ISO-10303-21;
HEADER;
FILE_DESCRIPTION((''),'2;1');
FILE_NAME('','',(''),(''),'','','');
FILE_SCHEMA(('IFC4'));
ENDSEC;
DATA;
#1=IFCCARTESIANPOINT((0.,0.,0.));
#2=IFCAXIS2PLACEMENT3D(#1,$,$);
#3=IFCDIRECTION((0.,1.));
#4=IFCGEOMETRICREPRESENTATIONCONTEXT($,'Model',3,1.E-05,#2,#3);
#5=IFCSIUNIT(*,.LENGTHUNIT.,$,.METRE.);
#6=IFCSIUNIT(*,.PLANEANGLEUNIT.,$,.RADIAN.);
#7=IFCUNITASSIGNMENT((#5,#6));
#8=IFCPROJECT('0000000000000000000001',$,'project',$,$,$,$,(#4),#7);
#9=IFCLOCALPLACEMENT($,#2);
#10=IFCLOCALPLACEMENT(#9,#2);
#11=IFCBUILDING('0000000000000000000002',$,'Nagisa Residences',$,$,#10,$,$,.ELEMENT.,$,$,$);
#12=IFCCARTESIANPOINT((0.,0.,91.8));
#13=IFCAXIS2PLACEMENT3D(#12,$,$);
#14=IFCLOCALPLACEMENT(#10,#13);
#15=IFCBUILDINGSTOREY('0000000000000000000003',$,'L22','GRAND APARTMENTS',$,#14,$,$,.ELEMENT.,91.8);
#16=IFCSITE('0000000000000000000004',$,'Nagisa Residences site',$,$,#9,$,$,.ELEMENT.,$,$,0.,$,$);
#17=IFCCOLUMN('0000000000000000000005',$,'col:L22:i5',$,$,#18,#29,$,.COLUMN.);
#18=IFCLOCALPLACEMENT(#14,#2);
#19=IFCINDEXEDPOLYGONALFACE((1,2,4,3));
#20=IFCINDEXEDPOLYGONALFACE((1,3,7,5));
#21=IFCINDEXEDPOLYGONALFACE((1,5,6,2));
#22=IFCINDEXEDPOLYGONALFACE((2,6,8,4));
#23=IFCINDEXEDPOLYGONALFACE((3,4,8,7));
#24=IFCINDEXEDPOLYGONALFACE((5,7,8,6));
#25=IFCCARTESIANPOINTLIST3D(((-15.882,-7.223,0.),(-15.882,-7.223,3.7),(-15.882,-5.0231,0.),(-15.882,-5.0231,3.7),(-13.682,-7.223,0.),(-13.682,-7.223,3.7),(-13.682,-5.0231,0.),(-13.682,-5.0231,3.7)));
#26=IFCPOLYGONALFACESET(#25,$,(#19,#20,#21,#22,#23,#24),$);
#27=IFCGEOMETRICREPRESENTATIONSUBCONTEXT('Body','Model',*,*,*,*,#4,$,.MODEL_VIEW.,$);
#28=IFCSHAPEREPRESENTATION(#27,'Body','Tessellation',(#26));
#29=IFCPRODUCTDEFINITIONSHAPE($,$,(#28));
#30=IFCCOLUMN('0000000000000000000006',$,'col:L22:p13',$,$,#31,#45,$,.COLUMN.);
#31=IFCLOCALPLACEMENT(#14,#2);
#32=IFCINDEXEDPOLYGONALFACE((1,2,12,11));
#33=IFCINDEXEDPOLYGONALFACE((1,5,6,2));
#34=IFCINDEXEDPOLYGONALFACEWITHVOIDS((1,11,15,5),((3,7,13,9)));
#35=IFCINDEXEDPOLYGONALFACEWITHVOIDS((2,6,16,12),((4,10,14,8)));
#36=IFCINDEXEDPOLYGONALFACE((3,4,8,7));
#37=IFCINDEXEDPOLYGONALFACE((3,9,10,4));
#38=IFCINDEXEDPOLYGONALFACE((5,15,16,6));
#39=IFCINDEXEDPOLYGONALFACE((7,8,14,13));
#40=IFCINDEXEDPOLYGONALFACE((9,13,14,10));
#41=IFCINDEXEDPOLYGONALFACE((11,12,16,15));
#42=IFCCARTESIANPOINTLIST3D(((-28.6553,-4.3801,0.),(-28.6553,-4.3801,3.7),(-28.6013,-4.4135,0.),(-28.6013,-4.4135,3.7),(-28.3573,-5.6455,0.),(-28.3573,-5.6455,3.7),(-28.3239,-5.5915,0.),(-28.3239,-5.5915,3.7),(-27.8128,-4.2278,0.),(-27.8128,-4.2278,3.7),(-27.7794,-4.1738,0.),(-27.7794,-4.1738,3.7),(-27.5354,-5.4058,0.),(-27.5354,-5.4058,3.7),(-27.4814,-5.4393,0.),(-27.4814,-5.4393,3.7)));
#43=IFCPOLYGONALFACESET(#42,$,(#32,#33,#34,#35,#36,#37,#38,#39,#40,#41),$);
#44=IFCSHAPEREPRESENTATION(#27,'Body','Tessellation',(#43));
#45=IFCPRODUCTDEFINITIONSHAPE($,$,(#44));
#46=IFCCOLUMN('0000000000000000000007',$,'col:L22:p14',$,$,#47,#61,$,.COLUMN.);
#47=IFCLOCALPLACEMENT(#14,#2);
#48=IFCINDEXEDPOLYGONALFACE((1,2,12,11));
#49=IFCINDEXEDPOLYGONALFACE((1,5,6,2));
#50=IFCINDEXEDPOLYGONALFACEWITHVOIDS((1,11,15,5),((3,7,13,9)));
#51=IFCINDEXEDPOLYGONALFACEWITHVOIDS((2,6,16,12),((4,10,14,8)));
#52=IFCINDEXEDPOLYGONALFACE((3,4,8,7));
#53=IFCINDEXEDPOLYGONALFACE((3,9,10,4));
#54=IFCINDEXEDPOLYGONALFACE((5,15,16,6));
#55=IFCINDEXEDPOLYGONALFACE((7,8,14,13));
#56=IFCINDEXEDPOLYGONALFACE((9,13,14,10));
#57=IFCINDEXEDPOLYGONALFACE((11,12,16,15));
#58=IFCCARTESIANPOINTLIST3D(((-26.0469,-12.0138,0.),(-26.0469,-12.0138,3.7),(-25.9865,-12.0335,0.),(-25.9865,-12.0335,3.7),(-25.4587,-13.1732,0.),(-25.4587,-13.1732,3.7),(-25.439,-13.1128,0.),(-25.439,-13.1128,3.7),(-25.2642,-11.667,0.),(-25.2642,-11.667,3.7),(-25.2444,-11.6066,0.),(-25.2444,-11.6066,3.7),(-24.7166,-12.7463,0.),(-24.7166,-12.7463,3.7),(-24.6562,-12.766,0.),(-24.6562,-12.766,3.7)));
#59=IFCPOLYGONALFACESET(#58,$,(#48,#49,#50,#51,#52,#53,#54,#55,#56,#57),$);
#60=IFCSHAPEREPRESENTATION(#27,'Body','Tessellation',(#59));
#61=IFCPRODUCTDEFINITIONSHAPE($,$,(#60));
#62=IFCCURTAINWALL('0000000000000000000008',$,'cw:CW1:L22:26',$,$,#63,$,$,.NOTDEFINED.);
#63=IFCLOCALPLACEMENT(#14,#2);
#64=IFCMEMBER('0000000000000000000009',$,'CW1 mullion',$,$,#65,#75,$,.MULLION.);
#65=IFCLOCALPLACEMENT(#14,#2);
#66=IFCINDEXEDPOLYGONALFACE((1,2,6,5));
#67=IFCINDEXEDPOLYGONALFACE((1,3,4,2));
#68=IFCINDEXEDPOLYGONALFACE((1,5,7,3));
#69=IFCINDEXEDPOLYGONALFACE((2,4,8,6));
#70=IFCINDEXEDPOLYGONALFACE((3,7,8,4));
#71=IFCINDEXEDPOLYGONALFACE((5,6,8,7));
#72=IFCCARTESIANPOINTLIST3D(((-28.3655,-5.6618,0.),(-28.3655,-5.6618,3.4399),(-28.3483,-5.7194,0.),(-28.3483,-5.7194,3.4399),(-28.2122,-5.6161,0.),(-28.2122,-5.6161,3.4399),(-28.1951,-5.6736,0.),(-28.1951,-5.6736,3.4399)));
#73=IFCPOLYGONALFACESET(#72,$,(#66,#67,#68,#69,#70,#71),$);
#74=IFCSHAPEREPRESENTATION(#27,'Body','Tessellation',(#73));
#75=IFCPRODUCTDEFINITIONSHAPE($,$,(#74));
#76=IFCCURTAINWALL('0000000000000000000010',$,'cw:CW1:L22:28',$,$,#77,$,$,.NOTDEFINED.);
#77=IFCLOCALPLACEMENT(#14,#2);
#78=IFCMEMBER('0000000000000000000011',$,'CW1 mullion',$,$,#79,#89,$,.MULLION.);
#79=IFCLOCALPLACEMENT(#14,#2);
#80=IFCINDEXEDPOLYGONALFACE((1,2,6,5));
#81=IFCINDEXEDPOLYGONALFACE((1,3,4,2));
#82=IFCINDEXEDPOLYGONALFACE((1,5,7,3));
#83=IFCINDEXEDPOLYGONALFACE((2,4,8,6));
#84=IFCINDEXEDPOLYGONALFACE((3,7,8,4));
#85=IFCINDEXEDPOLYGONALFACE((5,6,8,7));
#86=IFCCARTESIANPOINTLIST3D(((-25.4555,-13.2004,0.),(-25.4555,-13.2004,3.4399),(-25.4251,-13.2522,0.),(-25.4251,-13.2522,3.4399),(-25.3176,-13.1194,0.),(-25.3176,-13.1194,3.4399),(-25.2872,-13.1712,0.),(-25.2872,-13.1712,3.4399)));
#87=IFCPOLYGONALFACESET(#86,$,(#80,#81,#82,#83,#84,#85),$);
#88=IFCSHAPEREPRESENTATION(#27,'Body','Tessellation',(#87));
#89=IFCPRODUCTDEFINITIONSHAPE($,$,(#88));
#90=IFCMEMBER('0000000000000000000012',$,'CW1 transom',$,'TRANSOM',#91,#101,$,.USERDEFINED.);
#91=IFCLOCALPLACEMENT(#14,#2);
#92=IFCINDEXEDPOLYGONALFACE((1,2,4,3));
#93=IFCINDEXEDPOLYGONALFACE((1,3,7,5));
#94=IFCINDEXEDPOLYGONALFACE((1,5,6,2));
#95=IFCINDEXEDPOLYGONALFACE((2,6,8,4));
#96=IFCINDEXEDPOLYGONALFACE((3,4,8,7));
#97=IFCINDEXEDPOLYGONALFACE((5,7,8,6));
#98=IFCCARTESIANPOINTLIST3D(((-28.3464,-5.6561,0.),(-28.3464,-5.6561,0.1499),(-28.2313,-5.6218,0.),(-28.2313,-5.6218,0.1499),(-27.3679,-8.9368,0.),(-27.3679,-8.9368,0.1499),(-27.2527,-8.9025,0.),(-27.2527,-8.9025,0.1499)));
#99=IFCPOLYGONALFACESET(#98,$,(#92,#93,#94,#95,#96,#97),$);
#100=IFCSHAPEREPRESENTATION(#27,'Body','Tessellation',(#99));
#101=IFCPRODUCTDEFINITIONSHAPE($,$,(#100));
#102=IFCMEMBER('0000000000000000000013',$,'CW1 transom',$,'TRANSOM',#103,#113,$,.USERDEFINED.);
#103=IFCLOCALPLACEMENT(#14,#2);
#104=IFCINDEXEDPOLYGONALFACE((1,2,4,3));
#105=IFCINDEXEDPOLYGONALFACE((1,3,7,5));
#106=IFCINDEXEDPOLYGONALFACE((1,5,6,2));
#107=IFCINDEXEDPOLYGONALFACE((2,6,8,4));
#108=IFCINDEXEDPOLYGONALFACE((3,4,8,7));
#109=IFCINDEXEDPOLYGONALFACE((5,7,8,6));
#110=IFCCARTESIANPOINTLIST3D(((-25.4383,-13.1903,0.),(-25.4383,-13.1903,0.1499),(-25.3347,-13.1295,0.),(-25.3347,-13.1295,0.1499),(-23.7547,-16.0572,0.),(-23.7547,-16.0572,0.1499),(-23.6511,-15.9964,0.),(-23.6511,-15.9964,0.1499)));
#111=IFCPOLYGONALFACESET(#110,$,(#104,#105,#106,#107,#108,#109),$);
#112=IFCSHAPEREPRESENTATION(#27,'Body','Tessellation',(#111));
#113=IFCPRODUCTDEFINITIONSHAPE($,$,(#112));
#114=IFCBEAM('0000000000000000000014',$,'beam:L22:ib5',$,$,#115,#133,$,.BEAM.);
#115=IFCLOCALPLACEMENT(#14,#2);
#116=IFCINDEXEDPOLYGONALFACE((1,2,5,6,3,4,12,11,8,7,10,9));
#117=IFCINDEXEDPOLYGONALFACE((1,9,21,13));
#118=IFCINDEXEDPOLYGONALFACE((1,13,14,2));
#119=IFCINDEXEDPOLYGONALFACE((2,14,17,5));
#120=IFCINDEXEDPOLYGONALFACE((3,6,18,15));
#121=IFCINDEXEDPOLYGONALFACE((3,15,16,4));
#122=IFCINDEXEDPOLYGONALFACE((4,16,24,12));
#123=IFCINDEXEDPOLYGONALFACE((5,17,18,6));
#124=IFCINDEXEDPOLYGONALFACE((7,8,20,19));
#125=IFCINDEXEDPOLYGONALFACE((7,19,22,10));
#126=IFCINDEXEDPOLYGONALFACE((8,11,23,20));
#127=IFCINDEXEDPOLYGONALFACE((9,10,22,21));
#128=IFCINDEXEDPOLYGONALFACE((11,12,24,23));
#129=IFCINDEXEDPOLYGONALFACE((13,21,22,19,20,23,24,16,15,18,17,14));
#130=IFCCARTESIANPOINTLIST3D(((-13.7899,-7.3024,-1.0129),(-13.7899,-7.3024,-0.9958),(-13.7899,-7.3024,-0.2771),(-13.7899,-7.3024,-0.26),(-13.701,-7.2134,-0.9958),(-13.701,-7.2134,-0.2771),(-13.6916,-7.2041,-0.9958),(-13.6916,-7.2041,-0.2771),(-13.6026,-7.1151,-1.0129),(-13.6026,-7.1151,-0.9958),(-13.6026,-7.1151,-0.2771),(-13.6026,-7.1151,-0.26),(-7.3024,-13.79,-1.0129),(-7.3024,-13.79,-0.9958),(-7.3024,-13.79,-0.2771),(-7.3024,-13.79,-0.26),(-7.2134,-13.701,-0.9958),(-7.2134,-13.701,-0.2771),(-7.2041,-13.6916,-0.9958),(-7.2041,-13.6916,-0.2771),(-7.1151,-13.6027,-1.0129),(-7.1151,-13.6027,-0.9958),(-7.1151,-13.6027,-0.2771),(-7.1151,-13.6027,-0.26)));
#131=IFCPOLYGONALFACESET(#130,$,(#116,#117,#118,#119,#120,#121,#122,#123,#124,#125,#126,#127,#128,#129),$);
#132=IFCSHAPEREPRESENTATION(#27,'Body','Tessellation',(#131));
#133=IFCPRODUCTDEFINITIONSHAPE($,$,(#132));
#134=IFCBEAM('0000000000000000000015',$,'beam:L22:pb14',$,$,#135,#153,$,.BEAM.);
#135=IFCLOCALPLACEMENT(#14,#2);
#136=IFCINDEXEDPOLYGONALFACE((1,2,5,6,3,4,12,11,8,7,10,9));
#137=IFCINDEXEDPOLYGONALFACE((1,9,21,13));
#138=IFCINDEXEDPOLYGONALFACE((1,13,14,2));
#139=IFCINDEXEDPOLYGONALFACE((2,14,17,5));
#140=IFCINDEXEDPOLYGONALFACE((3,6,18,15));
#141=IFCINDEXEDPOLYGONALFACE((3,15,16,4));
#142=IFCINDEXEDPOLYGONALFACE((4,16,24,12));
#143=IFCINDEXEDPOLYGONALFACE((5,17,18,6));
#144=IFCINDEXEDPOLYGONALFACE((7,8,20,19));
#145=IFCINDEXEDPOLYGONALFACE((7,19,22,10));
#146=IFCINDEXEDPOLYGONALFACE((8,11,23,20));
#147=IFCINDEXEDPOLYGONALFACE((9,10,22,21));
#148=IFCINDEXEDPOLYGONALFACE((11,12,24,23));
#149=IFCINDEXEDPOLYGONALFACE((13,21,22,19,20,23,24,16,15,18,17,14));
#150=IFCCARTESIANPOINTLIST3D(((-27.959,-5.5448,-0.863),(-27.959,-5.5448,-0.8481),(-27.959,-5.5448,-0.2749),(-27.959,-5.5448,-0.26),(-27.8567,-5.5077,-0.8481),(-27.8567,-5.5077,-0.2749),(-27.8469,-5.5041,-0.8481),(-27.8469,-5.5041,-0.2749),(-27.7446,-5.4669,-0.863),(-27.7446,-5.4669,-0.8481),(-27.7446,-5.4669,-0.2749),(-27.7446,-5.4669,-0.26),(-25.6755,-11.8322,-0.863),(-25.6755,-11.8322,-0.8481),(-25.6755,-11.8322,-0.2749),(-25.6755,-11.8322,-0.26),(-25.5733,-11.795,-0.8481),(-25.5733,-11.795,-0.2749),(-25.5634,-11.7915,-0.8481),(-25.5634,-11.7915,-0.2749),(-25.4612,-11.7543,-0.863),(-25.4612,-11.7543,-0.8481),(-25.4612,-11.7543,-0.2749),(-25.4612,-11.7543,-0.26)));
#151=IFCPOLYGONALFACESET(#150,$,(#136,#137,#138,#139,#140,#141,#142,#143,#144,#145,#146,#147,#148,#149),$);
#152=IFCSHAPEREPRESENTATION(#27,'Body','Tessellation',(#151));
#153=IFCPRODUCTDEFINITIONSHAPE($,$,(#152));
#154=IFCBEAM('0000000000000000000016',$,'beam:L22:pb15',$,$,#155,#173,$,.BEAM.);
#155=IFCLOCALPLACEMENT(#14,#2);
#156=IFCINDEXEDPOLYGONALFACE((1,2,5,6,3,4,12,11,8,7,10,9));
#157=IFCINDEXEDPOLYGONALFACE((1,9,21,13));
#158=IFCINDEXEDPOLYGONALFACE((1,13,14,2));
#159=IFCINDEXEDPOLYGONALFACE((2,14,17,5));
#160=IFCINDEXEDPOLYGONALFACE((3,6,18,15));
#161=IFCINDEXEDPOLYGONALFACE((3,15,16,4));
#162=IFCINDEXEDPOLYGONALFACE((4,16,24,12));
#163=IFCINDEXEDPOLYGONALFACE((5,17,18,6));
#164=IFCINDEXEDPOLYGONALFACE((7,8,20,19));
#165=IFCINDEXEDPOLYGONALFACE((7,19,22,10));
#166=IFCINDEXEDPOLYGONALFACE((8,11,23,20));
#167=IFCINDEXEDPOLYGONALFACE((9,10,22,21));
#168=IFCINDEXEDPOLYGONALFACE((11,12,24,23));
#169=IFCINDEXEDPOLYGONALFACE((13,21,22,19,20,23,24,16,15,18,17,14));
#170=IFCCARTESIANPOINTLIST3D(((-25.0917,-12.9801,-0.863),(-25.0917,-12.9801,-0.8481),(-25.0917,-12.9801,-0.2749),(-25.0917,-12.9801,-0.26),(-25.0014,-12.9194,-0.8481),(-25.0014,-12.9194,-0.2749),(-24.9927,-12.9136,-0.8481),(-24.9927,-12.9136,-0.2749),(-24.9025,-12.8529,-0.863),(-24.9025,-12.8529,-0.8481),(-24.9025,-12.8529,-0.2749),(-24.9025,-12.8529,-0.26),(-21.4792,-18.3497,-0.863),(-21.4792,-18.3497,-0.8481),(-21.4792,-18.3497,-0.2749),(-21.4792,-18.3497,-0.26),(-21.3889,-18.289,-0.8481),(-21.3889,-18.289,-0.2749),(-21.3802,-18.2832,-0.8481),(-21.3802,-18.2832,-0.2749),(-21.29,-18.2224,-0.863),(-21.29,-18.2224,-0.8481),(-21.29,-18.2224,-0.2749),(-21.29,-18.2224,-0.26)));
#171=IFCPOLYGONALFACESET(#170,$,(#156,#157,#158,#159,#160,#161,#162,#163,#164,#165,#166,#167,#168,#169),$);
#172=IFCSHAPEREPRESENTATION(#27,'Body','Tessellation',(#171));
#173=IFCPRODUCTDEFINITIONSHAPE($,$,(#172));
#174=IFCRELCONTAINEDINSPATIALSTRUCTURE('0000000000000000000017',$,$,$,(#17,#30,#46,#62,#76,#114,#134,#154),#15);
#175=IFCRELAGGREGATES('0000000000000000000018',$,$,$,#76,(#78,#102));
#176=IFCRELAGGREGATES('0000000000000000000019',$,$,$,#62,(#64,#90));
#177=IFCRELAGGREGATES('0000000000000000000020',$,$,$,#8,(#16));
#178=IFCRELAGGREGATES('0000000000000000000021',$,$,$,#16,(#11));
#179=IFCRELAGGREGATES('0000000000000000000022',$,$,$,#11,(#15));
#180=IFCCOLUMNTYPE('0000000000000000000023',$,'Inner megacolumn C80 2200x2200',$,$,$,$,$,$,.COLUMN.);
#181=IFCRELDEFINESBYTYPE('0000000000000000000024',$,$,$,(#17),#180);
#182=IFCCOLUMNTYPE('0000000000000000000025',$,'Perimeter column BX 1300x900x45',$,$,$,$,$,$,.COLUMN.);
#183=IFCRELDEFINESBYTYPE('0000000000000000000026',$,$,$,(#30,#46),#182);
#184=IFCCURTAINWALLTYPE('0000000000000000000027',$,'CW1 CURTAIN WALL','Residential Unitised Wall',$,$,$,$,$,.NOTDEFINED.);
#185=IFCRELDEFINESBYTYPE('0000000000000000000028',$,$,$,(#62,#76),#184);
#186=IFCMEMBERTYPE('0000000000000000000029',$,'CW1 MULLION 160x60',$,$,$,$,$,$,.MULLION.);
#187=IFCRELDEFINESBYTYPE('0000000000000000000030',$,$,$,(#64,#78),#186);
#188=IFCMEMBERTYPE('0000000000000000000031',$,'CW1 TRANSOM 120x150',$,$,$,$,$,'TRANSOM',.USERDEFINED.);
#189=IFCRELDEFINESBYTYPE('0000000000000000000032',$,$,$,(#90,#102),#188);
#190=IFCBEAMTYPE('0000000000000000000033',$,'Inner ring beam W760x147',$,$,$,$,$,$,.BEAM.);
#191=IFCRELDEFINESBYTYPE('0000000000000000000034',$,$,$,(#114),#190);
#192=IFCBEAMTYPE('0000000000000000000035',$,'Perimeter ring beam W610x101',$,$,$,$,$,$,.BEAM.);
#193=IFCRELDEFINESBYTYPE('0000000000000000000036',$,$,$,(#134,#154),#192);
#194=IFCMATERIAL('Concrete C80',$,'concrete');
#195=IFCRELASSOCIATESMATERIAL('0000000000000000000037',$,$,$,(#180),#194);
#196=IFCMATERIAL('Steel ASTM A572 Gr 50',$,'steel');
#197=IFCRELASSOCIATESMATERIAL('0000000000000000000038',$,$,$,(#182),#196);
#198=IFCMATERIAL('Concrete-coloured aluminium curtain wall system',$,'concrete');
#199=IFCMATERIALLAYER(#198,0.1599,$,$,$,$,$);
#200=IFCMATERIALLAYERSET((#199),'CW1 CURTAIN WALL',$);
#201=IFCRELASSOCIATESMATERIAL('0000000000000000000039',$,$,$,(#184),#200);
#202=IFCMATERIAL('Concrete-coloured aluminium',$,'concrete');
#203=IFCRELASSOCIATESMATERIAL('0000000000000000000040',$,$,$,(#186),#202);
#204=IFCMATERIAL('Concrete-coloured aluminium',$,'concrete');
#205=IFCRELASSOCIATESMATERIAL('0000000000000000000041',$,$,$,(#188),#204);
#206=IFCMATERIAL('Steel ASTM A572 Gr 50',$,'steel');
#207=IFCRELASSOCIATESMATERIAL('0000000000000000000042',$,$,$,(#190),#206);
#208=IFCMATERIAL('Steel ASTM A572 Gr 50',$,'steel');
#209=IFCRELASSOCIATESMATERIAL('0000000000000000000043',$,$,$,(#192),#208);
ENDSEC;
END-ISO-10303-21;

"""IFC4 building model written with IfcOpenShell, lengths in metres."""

from ifc_helpers import new_model, si_unit, direction, frame, origin, origin_2d, place, context, subcontext, project, spatial, rectangle, hollow_rectangle, i_section, extrude, material, layer, layer_set, material_profile, profile_set, type_object, element, aggregate, save


model = new_model("IFC4")

# Units and contexts
model_context = context("Model", 3, precision=1e-05, world=origin(), true_north=direction((0.0, 1.0)))
body_context = subcontext(model_context, "Body", "Model", "MODEL_VIEW")
ifc_project = project(units=[si_unit("LENGTHUNIT", "METRE"), si_unit("PLANEANGLEUNIT", "RADIAN")], contexts=[model_context])

# Site, building, storey
site_placement = place(None, origin())
site = spatial("IfcSite", under=ifc_project, at=site_placement, Name="Nagisa Residences site", CompositionType="ELEMENT", RefElevation=0.0)
building_placement = place(site_placement, origin())
building = spatial("IfcBuilding", under=site, at=building_placement, Name="Nagisa Residences", CompositionType="ELEMENT")
storey_placement = place(building_placement, frame((0.0, 0.0, 91.8)))
storey = spatial("IfcBuildingStorey", under=building, at=storey_placement, Name="L22", Description="GRAND APARTMENTS", CompositionType="ELEMENT", Elevation=91.8)

# Columns
ifc_material_1 = material(Name="Concrete C80", Category="concrete")
ifc_material_profile_1 = material_profile(ifc_material_1, rectangle(XDim=2.2, YDim=2.2, at=origin_2d()), Name="C80 2200x2200")
ifc_profile_set_1 = profile_set([ifc_material_profile_1], Name="Concrete C80")
column_type_1 = type_object("IfcColumnType", Name="Inner megacolumn C80 2200x2200", PredefinedType="COLUMN", material=ifc_profile_set_1)
column_placement = place(storey_placement, frame((-14.782, -6.123, 0.0), z_axis=(0.0, 0.0, 1.0), x_axis=(1.0, 0.0, 0.0)))
element("IfcColumn", 1, at=column_placement, inside=storey, type_object=column_type_1, Name="col:L22:i5", PredefinedType="COLUMN", context=body_context, shape_type="SweptSolid", body=[
    extrude(rectangle(XDim=2.2, YDim=2.2, at=origin_2d()), origin(), (0.0, 0.0, 1.0), 3.7),
])
ifc_material_2 = material(Name="Steel ASTM A572 Gr 50", Category="steel")
ifc_material_profile_2 = material_profile(ifc_material_2, hollow_rectangle(XDim=1.3, YDim=0.8999, WallThickness=0.0449, at=origin_2d()), Name="BX 1300x900x45")
ifc_profile_set_2 = profile_set([ifc_material_profile_2], Name="Steel ASTM A572 Gr 50")
column_type_2 = type_object("IfcColumnType", Name="Perimeter column BX 1300x900x45", PredefinedType="COLUMN", material=ifc_profile_set_2)
for number, where, z_axis, x_axis, name in (
    (2, (-28.0684, -4.9097, 0.0), (0.0, 0.0, 1.0), (0.229202, -0.973379, 0.0), "col:L22:p13"),
    (3, (-25.3516, -12.3899, 0.0), (0.0, 0.0, 1.0), (0.452463, -0.891783, 0.0), "col:L22:p14"),
):
    element("IfcColumn", number, at=place(storey_placement, frame(where, z_axis=z_axis, x_axis=x_axis)), inside=storey, type_object=column_type_2, Name=name, PredefinedType="COLUMN", context=body_context, shape_type="SweptSolid", body=[
        extrude(hollow_rectangle(XDim=1.3, YDim=0.8999, WallThickness=0.0449, at=origin_2d()), origin(), (0.0, 0.0, 1.0), 3.7),
    ])

# Curtain walls, members
ifc_material_3 = material(Name="Concrete-coloured aluminium curtain wall system", Category="concrete")
ifc_layer_1 = layer(ifc_material_3, 0.1599)
ifc_layer_set_1 = layer_set([ifc_layer_1], Name="CW1 CURTAIN WALL")
curtain_wall_type = type_object("IfcCurtainWallType", Name="CW1 CURTAIN WALL", Description="Residential Unitised Wall", PredefinedType="NOTDEFINED", material=ifc_layer_set_1)
curtain_wall_1_placement = place(storey_placement, origin())
curtain_wall_1 = element("IfcCurtainWall", 4, at=curtain_wall_1_placement, inside=storey, type_object=curtain_wall_type, Name="cw:CW1:L22:26", PredefinedType="NOTDEFINED")
ifc_material_4 = material(Name="Concrete-coloured aluminium", Category="concrete")
ifc_material_profile_3 = material_profile(ifc_material_4, rectangle(XDim=0.1599, YDim=0.0601, at=origin_2d()), Name="CW1 MULLION 160x60")
ifc_profile_set_3 = profile_set([ifc_material_profile_3], Name="Concrete-coloured aluminium")
member_type_1 = type_object("IfcMemberType", Name="CW1 MULLION 160x60", PredefinedType="MULLION", material=ifc_profile_set_3)
member_1_placement = place(storey_placement, frame((-28.2803, -5.6677, 0.0), z_axis=(0.0, 0.0, 1.0), x_axis=(0.958271, 0.28586, 0.0)))
member_1 = element("IfcMember", 5, at=member_1_placement, type_object=member_type_1, Name="CW1 mullion", PredefinedType="MULLION", context=body_context, shape_type="SweptSolid", body=[
    extrude(rectangle(XDim=0.1599, YDim=0.0601, at=origin_2d()), origin(), (0.0, 0.0, 1.0), 3.4399),
])
curtain_wall_2_placement = place(storey_placement, origin())
curtain_wall_2 = element("IfcCurtainWall", 6, at=curtain_wall_2_placement, inside=storey, type_object=curtain_wall_type, Name="cw:CW1:L22:28", PredefinedType="NOTDEFINED")
member_2_placement = place(storey_placement, frame((-25.3713, -13.1858, 0.0), z_axis=(0.0, 0.0, 1.0), x_axis=(0.862329, 0.506349, 0.0)))
member_2 = element("IfcMember", 7, at=member_2_placement, type_object=member_type_1, Name="CW1 mullion", PredefinedType="MULLION", context=body_context, shape_type="SweptSolid", body=[
    extrude(rectangle(XDim=0.1599, YDim=0.0601, at=origin_2d()), origin(), (0.0, 0.0, 1.0), 3.4399),
])

# Members
ifc_material_5 = material(Name="Concrete-coloured aluminium", Category="concrete")
ifc_material_profile_4 = material_profile(ifc_material_5, rectangle(XDim=0.1201, YDim=0.1499, at=origin_2d()), Name="CW1 TRANSOM 120x150")
ifc_profile_set_4 = profile_set([ifc_material_profile_4], Name="Concrete-coloured aluminium")
member_type_2 = type_object("IfcMemberType", Name="CW1 TRANSOM 120x150", ElementType="TRANSOM", PredefinedType="USERDEFINED", material=ifc_profile_set_4)
member_3_placement = place(storey_placement, frame((-28.2888, -5.6389, 0.075), z_axis=(0.285817, -0.958284, 0.0), x_axis=(0.958284, 0.285817, 0.0)))
member_3 = element("IfcMember", 8, at=member_3_placement, type_object=member_type_2, Name="CW1 transom", ObjectType="TRANSOM", PredefinedType="USERDEFINED", context=body_context, shape_type="SweptSolid", body=[
    extrude(rectangle(XDim=0.1201, YDim=0.1499, at=origin_2d()), origin(), (0.0, 0.0, 1.0), 3.4236),
])
member_4_placement = place(storey_placement, frame((-25.3865, -13.1599, 0.075), z_axis=(0.506385, -0.862308, 0.0), x_axis=(0.862308, 0.506385, 0.0)))
member_4 = element("IfcMember", 9, at=member_4_placement, type_object=member_type_2, Name="CW1 transom", ObjectType="TRANSOM", PredefinedType="USERDEFINED", context=body_context, shape_type="SweptSolid", body=[
    extrude(rectangle(XDim=0.1201, YDim=0.1499, at=origin_2d()), origin(), (0.0, 0.0, 1.0), 3.3247),
])
aggregate(curtain_wall_2, [member_2, member_4])

# Beams
ifc_material_6 = material(Name="Steel ASTM A572 Gr 50", Category="steel")
ifc_material_profile_5 = material_profile(ifc_material_6, i_section(OverallWidth=0.2649, OverallDepth=0.7529, WebThickness=0.0132, FlangeThickness=0.0171, at=origin_2d()), Name="W760x147")
ifc_profile_set_5 = profile_set([ifc_material_profile_5], Name="Steel ASTM A572 Gr 50")
beam_type_1 = type_object("IfcBeamType", Name="Inner ring beam W760x147", PredefinedType="BEAM", material=ifc_profile_set_5)
beam_1_placement = place(storey_placement, frame((-13.6963, -7.2087, -0.6365), z_axis=(0.707107, -0.707107, 0.0), x_axis=(0.707107, 0.707107, 0.0)))
element("IfcBeam", 10, at=beam_1_placement, inside=storey, type_object=beam_type_1, Name="beam:L22:ib5", PredefinedType="BEAM", context=body_context, shape_type="SweptSolid", body=[
    extrude(i_section(OverallWidth=0.2649, OverallDepth=0.7529, WebThickness=0.0132, FlangeThickness=0.0171, at=origin_2d()), origin(), (0.0, 0.0, 1.0), 9.1748),
])
ifc_material_7 = material(Name="Steel ASTM A572 Gr 50", Category="steel")
ifc_material_profile_6 = material_profile(ifc_material_7, i_section(OverallWidth=0.228, OverallDepth=0.603, WebThickness=0.0105, FlangeThickness=0.0149, at=origin_2d()), Name="W610x101")
ifc_profile_set_6 = profile_set([ifc_material_profile_6], Name="Steel ASTM A572 Gr 50")
beam_type_2 = type_object("IfcBeamType", Name="Perimeter ring beam W610x101", PredefinedType="BEAM", material=ifc_profile_set_6)
beam_2_placement = place(storey_placement, frame((-27.8518, -5.5059, -0.5615), z_axis=(0.341365, -0.939931, 0.0), x_axis=(0.939931, 0.341365, 0.0)))
element("IfcBeam", 11, at=beam_2_placement, inside=storey, type_object=beam_type_2, Name="beam:L22:pb14", PredefinedType="BEAM", context=body_context, shape_type="SweptSolid", body=[
    extrude(i_section(OverallWidth=0.228, OverallDepth=0.603, WebThickness=0.0105, FlangeThickness=0.0149, at=origin_2d()), origin(), (0.0, 0.0, 1.0), 6.6892),
])
beam_3_placement = place(storey_placement, frame((-24.9971, -12.9165, -0.5615), z_axis=(0.558204, -0.829704, 0.0), x_axis=(0.829704, 0.558204, 0.0)))
element("IfcBeam", 12, at=beam_3_placement, inside=storey, type_object=beam_type_2, Name="beam:L22:pb15", PredefinedType="BEAM", context=body_context, shape_type="SweptSolid", body=[
    extrude(i_section(OverallWidth=0.228, OverallDepth=0.603, WebThickness=0.0105, FlangeThickness=0.0149, at=origin_2d()), origin(), (0.0, 0.0, 1.0), 6.4717),
])

aggregate(curtain_wall_1, [member_1, member_3])

save(model, "model.ifc")
